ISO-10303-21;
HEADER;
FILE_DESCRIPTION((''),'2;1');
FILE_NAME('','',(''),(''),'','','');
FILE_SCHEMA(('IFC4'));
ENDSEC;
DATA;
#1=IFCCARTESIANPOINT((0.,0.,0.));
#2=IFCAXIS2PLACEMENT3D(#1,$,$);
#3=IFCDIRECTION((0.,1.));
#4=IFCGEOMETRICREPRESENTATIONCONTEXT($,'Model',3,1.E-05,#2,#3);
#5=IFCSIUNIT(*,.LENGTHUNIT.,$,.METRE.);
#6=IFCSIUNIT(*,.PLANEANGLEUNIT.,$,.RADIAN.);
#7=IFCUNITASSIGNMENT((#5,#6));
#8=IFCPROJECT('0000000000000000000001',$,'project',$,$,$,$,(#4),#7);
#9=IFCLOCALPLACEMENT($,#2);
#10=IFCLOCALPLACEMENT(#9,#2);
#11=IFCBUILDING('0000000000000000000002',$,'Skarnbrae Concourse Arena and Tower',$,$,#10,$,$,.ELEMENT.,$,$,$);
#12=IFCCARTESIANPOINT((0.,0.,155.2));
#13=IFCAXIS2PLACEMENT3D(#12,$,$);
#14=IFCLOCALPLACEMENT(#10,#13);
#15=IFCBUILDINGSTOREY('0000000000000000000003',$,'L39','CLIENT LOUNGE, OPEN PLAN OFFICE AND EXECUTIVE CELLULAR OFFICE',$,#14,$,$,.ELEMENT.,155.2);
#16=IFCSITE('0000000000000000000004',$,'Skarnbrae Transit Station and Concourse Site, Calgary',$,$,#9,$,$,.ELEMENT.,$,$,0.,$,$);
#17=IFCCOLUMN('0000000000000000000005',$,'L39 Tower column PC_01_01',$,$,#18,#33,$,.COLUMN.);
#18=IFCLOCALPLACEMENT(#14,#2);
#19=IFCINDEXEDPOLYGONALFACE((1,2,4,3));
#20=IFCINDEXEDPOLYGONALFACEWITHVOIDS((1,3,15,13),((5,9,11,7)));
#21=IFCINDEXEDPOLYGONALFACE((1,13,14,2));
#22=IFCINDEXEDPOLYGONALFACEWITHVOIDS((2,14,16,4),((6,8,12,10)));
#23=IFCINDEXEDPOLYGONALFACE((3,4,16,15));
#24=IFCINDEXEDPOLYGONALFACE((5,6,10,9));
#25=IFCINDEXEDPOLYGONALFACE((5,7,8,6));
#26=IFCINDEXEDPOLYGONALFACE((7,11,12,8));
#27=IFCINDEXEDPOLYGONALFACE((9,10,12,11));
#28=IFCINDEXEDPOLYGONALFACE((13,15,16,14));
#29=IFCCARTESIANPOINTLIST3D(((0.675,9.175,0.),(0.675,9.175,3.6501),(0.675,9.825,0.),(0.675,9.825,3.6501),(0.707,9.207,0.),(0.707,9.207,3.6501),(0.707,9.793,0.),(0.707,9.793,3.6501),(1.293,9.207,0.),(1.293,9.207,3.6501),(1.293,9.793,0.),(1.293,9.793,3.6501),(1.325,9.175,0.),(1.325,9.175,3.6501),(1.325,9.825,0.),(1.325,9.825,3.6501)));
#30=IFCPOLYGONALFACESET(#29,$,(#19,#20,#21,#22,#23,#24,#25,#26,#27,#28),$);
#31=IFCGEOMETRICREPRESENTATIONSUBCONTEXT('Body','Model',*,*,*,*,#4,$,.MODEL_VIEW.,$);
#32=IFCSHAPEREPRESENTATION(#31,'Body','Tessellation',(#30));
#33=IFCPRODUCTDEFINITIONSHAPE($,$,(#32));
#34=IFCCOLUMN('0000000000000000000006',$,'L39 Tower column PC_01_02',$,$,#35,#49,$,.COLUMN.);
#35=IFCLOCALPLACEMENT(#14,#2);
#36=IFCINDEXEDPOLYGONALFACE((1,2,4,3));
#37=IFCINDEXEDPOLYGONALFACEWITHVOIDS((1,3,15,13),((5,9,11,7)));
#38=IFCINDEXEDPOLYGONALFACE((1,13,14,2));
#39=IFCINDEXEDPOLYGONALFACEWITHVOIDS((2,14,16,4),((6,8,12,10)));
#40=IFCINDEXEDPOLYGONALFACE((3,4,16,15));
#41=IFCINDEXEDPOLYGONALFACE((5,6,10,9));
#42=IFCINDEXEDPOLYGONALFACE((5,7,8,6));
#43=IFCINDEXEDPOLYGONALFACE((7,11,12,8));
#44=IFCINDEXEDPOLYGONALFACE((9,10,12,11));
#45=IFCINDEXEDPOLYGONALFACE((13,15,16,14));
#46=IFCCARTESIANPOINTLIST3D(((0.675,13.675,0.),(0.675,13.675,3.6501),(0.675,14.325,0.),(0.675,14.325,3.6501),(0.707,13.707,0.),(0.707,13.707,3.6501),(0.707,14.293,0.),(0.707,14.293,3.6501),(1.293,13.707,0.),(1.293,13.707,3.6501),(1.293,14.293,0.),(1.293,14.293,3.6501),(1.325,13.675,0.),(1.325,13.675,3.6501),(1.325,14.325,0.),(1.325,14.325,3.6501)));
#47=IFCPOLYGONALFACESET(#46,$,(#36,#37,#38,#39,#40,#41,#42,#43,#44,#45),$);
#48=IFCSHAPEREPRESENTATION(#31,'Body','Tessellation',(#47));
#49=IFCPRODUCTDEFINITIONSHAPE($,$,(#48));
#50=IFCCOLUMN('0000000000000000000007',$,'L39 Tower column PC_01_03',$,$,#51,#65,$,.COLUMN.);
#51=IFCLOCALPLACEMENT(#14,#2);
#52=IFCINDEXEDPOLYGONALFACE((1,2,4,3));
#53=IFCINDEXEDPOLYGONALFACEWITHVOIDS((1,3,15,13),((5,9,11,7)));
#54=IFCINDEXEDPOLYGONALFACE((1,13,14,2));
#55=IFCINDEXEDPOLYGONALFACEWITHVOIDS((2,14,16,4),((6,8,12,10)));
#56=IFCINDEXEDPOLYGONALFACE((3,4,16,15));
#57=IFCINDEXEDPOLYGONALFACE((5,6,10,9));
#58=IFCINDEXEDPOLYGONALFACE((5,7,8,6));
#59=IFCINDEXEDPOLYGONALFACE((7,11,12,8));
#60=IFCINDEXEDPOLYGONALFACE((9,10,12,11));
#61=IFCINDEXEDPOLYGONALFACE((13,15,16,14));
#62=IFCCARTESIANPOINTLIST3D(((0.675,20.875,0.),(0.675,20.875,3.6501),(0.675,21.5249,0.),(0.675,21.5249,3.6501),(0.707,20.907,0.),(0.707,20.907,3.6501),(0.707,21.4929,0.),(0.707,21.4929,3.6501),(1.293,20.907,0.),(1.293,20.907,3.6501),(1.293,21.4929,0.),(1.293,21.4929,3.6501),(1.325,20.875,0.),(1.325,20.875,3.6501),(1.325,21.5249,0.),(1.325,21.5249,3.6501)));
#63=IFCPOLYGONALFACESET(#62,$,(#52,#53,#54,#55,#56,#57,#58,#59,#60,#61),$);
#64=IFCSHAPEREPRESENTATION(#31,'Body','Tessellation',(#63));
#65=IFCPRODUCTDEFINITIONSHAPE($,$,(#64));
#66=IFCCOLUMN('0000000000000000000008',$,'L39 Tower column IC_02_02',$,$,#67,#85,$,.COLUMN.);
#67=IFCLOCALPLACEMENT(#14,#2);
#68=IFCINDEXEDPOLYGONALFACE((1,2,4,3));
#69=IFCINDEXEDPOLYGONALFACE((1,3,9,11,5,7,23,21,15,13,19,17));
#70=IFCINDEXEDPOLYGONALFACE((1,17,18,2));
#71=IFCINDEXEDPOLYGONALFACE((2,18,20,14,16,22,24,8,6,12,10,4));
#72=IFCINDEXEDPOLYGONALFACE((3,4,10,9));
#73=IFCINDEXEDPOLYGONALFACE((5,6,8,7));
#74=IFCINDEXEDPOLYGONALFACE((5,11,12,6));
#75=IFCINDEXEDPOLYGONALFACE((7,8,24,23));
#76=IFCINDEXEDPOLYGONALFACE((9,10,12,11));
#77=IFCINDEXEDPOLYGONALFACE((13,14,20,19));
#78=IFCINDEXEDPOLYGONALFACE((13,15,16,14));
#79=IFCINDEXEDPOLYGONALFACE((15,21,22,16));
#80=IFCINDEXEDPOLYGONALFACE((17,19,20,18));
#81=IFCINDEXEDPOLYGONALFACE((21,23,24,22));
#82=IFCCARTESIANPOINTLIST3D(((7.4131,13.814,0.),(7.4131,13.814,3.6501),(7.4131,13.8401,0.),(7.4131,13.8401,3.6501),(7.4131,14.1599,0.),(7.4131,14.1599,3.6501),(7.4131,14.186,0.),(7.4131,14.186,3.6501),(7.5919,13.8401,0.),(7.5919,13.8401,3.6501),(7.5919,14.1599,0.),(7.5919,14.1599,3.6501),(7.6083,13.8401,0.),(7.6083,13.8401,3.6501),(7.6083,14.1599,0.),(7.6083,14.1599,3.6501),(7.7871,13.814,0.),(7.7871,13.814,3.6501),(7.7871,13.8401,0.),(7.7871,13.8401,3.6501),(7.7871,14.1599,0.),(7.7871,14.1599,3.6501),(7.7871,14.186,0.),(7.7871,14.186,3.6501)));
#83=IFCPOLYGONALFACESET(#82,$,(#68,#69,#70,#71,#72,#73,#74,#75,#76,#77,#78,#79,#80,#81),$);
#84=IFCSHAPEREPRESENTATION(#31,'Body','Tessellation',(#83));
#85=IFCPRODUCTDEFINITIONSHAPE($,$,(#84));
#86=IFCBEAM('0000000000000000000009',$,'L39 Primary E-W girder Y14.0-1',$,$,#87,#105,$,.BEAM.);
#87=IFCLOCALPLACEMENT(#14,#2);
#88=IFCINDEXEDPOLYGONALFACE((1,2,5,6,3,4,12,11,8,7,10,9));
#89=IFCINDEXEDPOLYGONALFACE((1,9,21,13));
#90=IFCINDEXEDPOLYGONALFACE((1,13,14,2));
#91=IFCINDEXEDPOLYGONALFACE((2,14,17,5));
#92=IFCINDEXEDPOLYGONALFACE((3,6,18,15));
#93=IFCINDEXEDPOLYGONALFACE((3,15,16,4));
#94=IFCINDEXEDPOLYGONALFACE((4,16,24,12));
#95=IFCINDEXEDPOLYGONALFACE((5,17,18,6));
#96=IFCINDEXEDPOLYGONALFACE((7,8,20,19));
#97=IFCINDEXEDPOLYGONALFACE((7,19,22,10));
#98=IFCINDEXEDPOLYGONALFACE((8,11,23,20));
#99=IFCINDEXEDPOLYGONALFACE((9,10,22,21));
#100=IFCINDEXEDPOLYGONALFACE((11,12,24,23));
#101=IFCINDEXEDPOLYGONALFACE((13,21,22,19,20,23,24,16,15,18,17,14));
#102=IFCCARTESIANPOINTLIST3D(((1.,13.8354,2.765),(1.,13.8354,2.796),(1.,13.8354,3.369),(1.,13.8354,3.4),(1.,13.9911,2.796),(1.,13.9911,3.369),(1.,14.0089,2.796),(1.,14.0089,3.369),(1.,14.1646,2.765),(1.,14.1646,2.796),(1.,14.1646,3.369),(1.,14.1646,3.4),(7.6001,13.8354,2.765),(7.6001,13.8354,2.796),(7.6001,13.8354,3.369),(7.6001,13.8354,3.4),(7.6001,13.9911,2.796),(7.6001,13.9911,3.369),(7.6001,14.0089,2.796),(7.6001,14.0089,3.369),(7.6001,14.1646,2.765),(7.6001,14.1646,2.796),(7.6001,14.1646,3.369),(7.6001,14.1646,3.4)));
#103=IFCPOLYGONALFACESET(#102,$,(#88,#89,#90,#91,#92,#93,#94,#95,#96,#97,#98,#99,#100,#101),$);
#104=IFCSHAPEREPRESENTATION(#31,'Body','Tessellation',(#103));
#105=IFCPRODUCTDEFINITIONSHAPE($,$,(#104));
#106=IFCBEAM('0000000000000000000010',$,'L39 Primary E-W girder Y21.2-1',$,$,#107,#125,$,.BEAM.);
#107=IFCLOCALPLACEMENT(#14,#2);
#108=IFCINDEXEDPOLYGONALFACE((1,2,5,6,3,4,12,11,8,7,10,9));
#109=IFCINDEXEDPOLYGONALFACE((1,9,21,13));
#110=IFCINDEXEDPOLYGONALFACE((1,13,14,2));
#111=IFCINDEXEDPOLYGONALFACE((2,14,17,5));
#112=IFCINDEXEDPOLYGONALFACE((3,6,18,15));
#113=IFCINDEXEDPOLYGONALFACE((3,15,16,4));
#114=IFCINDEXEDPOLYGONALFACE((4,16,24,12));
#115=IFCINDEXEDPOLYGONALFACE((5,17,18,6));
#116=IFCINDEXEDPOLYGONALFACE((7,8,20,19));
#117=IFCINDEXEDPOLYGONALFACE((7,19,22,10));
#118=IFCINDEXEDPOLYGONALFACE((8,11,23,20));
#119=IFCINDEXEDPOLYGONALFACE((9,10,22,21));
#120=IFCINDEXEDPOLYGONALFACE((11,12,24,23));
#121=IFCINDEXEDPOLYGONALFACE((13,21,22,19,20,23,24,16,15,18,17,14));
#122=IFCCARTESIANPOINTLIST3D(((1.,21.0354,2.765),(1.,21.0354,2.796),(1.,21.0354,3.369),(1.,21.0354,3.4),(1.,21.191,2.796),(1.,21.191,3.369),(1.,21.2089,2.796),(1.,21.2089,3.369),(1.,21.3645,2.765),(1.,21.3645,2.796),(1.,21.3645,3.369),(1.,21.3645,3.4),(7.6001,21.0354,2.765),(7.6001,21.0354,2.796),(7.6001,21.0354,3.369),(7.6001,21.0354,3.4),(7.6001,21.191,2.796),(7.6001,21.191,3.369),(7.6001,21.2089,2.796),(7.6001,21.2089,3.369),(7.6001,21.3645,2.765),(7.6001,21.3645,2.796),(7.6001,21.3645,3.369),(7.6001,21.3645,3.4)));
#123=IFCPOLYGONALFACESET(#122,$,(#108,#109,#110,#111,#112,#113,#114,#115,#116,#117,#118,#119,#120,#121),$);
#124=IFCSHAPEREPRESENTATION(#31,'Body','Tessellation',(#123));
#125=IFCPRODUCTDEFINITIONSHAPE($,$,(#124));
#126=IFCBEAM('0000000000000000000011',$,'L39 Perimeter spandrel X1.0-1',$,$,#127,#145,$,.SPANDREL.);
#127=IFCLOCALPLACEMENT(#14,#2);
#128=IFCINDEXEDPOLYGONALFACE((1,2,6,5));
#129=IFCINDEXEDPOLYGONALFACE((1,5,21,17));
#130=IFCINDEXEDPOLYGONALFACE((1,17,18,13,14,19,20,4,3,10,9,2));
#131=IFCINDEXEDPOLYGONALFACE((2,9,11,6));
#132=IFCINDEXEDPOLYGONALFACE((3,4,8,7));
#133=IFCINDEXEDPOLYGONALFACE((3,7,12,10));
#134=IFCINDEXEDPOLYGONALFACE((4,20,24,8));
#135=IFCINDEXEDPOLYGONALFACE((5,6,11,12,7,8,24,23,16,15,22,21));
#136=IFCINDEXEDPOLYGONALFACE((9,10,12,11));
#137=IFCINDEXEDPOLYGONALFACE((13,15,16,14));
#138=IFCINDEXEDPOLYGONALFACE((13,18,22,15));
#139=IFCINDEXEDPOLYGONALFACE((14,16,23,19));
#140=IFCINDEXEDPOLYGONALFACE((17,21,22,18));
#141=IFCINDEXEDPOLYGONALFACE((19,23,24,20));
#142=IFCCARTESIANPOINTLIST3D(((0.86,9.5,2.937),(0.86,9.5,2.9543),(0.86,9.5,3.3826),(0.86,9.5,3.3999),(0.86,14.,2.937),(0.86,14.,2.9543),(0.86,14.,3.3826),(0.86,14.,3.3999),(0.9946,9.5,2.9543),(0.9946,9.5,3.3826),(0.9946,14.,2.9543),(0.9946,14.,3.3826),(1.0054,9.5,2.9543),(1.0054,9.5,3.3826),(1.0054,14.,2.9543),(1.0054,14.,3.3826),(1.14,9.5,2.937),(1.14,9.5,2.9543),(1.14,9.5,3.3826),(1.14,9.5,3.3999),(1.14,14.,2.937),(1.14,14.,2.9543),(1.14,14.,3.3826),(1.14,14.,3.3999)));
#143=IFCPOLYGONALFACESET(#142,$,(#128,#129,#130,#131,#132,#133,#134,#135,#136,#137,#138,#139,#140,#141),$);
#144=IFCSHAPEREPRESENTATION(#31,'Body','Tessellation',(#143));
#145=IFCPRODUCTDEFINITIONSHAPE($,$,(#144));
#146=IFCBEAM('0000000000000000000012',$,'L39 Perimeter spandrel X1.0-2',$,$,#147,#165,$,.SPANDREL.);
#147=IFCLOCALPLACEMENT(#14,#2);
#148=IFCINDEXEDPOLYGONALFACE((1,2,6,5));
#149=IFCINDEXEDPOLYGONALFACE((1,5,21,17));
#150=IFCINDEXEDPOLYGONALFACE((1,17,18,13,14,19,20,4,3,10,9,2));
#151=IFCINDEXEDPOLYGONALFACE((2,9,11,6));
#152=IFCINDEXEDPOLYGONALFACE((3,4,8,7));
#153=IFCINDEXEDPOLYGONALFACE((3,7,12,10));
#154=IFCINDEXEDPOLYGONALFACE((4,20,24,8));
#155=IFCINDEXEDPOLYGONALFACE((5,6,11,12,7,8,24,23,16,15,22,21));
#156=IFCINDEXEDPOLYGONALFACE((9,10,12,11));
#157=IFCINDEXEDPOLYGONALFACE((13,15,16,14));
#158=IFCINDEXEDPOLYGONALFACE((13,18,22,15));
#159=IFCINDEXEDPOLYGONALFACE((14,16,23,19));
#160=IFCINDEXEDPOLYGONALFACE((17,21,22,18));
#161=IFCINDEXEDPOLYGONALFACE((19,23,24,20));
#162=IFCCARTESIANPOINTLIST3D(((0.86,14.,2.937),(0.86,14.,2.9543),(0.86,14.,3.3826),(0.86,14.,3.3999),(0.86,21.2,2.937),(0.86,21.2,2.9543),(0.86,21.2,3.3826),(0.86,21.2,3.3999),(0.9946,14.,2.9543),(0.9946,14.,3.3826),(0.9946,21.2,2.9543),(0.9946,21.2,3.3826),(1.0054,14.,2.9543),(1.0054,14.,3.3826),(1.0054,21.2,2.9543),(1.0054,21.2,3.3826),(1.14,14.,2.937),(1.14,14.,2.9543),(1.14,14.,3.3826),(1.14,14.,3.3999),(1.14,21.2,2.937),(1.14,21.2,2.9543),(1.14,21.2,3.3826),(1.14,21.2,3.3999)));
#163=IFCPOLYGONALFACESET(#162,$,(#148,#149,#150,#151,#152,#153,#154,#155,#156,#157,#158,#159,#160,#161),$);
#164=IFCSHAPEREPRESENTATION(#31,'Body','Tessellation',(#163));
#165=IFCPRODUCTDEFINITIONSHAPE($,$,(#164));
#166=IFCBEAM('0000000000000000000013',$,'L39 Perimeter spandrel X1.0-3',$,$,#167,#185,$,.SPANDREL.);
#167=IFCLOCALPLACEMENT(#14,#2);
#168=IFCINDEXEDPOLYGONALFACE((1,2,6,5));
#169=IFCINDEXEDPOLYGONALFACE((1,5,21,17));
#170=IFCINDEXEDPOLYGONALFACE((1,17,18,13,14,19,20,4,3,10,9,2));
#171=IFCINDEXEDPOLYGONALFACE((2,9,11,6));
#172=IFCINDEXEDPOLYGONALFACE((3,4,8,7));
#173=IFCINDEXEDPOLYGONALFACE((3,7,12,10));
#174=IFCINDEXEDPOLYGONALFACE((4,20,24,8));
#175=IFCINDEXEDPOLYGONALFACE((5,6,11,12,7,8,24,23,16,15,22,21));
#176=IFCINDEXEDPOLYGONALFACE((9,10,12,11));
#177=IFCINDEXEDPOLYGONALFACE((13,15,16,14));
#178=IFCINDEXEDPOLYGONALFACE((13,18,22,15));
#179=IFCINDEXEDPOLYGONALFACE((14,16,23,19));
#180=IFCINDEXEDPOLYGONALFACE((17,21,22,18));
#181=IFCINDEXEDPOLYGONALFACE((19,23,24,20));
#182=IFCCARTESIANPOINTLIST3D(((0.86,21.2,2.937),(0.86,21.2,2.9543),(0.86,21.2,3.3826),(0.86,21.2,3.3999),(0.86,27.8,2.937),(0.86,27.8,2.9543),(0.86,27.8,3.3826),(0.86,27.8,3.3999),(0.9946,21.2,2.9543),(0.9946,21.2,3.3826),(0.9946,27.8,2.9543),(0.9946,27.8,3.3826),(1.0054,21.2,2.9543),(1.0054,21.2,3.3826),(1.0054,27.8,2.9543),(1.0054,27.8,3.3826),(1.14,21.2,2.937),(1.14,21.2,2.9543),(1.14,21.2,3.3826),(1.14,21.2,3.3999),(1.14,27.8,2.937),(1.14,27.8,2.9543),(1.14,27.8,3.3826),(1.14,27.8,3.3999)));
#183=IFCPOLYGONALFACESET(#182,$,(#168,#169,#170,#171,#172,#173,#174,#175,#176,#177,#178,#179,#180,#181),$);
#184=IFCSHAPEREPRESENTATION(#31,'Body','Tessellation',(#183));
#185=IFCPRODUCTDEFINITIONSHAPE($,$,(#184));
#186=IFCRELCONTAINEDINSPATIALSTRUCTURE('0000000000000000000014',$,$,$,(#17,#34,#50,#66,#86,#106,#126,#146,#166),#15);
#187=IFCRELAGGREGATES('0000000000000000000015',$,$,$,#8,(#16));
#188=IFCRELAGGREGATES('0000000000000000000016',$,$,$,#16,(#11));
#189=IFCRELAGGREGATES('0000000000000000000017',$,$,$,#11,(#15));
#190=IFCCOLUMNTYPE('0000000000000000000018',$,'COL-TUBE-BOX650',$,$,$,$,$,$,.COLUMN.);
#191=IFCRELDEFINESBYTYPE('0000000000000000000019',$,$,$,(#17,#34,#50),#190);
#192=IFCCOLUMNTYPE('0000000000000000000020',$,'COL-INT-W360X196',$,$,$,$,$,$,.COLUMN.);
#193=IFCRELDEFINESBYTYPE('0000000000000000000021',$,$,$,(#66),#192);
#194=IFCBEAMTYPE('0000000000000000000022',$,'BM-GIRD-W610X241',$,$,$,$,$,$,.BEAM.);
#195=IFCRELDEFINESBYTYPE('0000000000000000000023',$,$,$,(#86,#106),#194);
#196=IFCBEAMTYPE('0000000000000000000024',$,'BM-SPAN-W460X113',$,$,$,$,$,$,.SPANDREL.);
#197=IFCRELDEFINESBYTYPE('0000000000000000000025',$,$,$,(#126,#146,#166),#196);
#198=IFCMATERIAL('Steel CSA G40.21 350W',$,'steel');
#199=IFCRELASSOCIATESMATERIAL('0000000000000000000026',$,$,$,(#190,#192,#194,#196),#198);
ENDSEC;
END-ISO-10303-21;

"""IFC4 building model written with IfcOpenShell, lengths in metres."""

from ifc_helpers import new_model, si_unit, direction, frame, origin, origin_2d, place, context, subcontext, project, spatial, hollow_rectangle, i_section, extrude, source, transform, mapped, material, material_profile, profile_set, type_object, element, save


model = new_model("IFC4")

# Units and contexts
model_context = context("Model", 3, precision=1e-05, world=origin(), true_north=direction((0.0, 1.0)))
body_context = subcontext(model_context, "Body", "Model", "MODEL_VIEW")
ifc_project = project(units=[si_unit("LENGTHUNIT", "METRE"), si_unit("PLANEANGLEUNIT", "RADIAN")], contexts=[model_context])

# Site, building, storey
site_placement = place(None, origin())
site = spatial("IfcSite", under=ifc_project, at=site_placement, Name="Skarnbrae Transit Station and Concourse Site, Calgary", CompositionType="ELEMENT", RefElevation=0.0)
building_placement = place(site_placement, origin())
building = spatial("IfcBuilding", under=site, at=building_placement, Name="Skarnbrae Concourse Arena and Tower", CompositionType="ELEMENT")
storey_placement = place(building_placement, frame((0.0, 0.0, 155.2)))
storey = spatial("IfcBuildingStorey", under=building, at=storey_placement, Name="L39", Description="CLIENT LOUNGE, OPEN PLAN OFFICE AND EXECUTIVE CELLULAR OFFICE", CompositionType="ELEMENT", Elevation=155.2)

# Columns
ifc_material_1 = material(Name="Steel CSA G40.21 350W", Category="steel")
ifc_material_profile_1 = material_profile(ifc_material_1, hollow_rectangle(XDim=0.6499, YDim=0.6499, WallThickness=0.032, at=origin_2d()), Name="BOX650X650X32")
ifc_profile_set_1 = profile_set([ifc_material_profile_1], Name="Steel CSA G40.21 350W")
column_type_1 = type_object("IfcColumnType", Name="COL-TUBE-BOX650", PredefinedType="COLUMN", material=ifc_profile_set_1)
shared_shape_1 = source(origin(), body_context, "Body", "SweptSolid", [
    extrude(hollow_rectangle(XDim=0.6499, YDim=0.6499, WallThickness=0.032, at=origin_2d()), origin(), (0.0, 0.0, 1.0), 3.6501),
])
for number, where, z_axis, x_axis, name in (
    (1, (1.0, 9.5, 0.0), (0.0, 0.0, 1.0), (1.0, 0.0, 0.0), "L39 Tower column PC_01_01"),
    (2, (1.0, 14.0, 0.0), (0.0, 0.0, 1.0), (1.0, 0.0, 0.0), "L39 Tower column PC_01_02"),
    (3, (1.0, 21.2, 0.0), (0.0, 0.0, 1.0), (1.0, 0.0, 0.0), "L39 Tower column PC_01_03"),
):
    element("IfcColumn", number, at=place(storey_placement, frame(where, z_axis=z_axis, x_axis=x_axis)), inside=storey, type_object=column_type_1, Name=name, PredefinedType="COLUMN", context=body_context, shape_type="MappedRepresentation", body=[
        mapped(shared_shape_1, transform((0.0, 0.0, 0.0))),
    ])
ifc_material_profile_2 = material_profile(ifc_material_1, i_section(OverallWidth=0.374, OverallDepth=0.3721, WebThickness=0.0164, FlangeThickness=0.0261, at=origin_2d()), Name="W360X196")
ifc_profile_set_2 = profile_set([ifc_material_profile_2], Name="Steel CSA G40.21 350W")
column_type_2 = type_object("IfcColumnType", Name="COL-INT-W360X196", PredefinedType="COLUMN", material=ifc_profile_set_2)
shared_shape_2 = source(origin(), body_context, "Body", "SweptSolid", [
    extrude(i_section(OverallWidth=0.374, OverallDepth=0.3721, WebThickness=0.0164, FlangeThickness=0.0261, at=origin_2d()), origin(), (0.0, 0.0, 1.0), 3.6501),
])
column_placement = place(storey_placement, frame((7.6001, 14.0, 0.0), z_axis=(0.0, 0.0, 1.0), x_axis=(1.0, 0.0, 0.0)))
element("IfcColumn", 4, at=column_placement, inside=storey, type_object=column_type_2, Name="L39 Tower column IC_02_02", PredefinedType="COLUMN", context=body_context, shape_type="MappedRepresentation", body=[
    mapped(shared_shape_2, transform((0.0, 0.0, 0.0))),
])

# Beams
ifc_material_profile_3 = material_profile(ifc_material_1, i_section(OverallWidth=0.3291, OverallDepth=0.635, WebThickness=0.0178, FlangeThickness=0.031, at=origin_2d()), Name="W610X241")
ifc_profile_set_3 = profile_set([ifc_material_profile_3], Name="Steel CSA G40.21 350W")
beam_type_1 = type_object("IfcBeamType", Name="BM-GIRD-W610X241", PredefinedType="BEAM", material=ifc_profile_set_3)
shared_shape_3 = source(origin(), body_context, "Body", "SweptSolid", [
    extrude(i_section(OverallWidth=0.3291, OverallDepth=0.635, WebThickness=0.0178, FlangeThickness=0.031, at=origin_2d()), origin(), (0.0, 0.0, 1.0), 6.6001),
])
for number, where, z_axis, x_axis, name in (
    (5, (1.0, 14.0, 3.0825), (1.0, 0.0, 0.0), (0.0, 1.0, 0.0), "L39 Primary E-W girder Y14.0-1"),
    (6, (1.0, 21.2, 3.0825), (1.0, 0.0, 0.0), (0.0, 1.0, 0.0), "L39 Primary E-W girder Y21.2-1"),
):
    element("IfcBeam", number, at=place(storey_placement, frame(where, z_axis=z_axis, x_axis=x_axis)), inside=storey, type_object=beam_type_1, Name=name, PredefinedType="BEAM", context=body_context, shape_type="MappedRepresentation", body=[
        mapped(shared_shape_3, transform((0.0, 0.0, 0.0))),
    ])
ifc_material_profile_4 = material_profile(ifc_material_1, i_section(OverallWidth=0.28, OverallDepth=0.4629, WebThickness=0.0107, FlangeThickness=0.0173, at=origin_2d()), Name="W460X113")
ifc_profile_set_4 = profile_set([ifc_material_profile_4], Name="Steel CSA G40.21 350W")
beam_type_2 = type_object("IfcBeamType", Name="BM-SPAN-W460X113", PredefinedType="SPANDREL", material=ifc_profile_set_4)
shared_shape_4 = source(origin(), body_context, "Body", "SweptSolid", [
    extrude(i_section(OverallWidth=0.28, OverallDepth=0.4629, WebThickness=0.0107, FlangeThickness=0.0173, at=origin_2d()), origin(), (0.0, 0.0, 1.0), 4.5),
])
beam_1_placement = place(storey_placement, frame((1.0, 9.5, 3.1685), z_axis=(0.0, 1.0, 0.0), x_axis=(-1.0, 0.0, 0.0)))
element("IfcBeam", 7, at=beam_1_placement, inside=storey, type_object=beam_type_2, Name="L39 Perimeter spandrel X1.0-1", PredefinedType="SPANDREL", context=body_context, shape_type="MappedRepresentation", body=[
    mapped(shared_shape_4, transform((0.0, 0.0, 0.0))),
])
shared_shape_5 = source(origin(), body_context, "Body", "SweptSolid", [
    extrude(i_section(OverallWidth=0.28, OverallDepth=0.4629, WebThickness=0.0107, FlangeThickness=0.0173, at=origin_2d()), origin(), (0.0, 0.0, 1.0), 7.2),
])
beam_2_placement = place(storey_placement, frame((1.0, 14.0, 3.1685), z_axis=(0.0, 1.0, 0.0), x_axis=(-1.0, 0.0, 0.0)))
element("IfcBeam", 8, at=beam_2_placement, inside=storey, type_object=beam_type_2, Name="L39 Perimeter spandrel X1.0-2", PredefinedType="SPANDREL", context=body_context, shape_type="MappedRepresentation", body=[
    mapped(shared_shape_5, transform((0.0, 0.0, 0.0))),
])
shared_shape_6 = source(origin(), body_context, "Body", "SweptSolid", [
    extrude(i_section(OverallWidth=0.28, OverallDepth=0.4629, WebThickness=0.0107, FlangeThickness=0.0173, at=origin_2d()), origin(), (0.0, 0.0, 1.0), 6.6001),
])
beam_3_placement = place(storey_placement, frame((1.0, 21.2, 3.1685), z_axis=(0.0, 1.0, 0.0), x_axis=(-1.0, 0.0, 0.0)))
element("IfcBeam", 9, at=beam_3_placement, inside=storey, type_object=beam_type_2, Name="L39 Perimeter spandrel X1.0-3", PredefinedType="SPANDREL", context=body_context, shape_type="MappedRepresentation", body=[
    mapped(shared_shape_6, transform((0.0, 0.0, 0.0))),
])

save(model, "model.ifc")
